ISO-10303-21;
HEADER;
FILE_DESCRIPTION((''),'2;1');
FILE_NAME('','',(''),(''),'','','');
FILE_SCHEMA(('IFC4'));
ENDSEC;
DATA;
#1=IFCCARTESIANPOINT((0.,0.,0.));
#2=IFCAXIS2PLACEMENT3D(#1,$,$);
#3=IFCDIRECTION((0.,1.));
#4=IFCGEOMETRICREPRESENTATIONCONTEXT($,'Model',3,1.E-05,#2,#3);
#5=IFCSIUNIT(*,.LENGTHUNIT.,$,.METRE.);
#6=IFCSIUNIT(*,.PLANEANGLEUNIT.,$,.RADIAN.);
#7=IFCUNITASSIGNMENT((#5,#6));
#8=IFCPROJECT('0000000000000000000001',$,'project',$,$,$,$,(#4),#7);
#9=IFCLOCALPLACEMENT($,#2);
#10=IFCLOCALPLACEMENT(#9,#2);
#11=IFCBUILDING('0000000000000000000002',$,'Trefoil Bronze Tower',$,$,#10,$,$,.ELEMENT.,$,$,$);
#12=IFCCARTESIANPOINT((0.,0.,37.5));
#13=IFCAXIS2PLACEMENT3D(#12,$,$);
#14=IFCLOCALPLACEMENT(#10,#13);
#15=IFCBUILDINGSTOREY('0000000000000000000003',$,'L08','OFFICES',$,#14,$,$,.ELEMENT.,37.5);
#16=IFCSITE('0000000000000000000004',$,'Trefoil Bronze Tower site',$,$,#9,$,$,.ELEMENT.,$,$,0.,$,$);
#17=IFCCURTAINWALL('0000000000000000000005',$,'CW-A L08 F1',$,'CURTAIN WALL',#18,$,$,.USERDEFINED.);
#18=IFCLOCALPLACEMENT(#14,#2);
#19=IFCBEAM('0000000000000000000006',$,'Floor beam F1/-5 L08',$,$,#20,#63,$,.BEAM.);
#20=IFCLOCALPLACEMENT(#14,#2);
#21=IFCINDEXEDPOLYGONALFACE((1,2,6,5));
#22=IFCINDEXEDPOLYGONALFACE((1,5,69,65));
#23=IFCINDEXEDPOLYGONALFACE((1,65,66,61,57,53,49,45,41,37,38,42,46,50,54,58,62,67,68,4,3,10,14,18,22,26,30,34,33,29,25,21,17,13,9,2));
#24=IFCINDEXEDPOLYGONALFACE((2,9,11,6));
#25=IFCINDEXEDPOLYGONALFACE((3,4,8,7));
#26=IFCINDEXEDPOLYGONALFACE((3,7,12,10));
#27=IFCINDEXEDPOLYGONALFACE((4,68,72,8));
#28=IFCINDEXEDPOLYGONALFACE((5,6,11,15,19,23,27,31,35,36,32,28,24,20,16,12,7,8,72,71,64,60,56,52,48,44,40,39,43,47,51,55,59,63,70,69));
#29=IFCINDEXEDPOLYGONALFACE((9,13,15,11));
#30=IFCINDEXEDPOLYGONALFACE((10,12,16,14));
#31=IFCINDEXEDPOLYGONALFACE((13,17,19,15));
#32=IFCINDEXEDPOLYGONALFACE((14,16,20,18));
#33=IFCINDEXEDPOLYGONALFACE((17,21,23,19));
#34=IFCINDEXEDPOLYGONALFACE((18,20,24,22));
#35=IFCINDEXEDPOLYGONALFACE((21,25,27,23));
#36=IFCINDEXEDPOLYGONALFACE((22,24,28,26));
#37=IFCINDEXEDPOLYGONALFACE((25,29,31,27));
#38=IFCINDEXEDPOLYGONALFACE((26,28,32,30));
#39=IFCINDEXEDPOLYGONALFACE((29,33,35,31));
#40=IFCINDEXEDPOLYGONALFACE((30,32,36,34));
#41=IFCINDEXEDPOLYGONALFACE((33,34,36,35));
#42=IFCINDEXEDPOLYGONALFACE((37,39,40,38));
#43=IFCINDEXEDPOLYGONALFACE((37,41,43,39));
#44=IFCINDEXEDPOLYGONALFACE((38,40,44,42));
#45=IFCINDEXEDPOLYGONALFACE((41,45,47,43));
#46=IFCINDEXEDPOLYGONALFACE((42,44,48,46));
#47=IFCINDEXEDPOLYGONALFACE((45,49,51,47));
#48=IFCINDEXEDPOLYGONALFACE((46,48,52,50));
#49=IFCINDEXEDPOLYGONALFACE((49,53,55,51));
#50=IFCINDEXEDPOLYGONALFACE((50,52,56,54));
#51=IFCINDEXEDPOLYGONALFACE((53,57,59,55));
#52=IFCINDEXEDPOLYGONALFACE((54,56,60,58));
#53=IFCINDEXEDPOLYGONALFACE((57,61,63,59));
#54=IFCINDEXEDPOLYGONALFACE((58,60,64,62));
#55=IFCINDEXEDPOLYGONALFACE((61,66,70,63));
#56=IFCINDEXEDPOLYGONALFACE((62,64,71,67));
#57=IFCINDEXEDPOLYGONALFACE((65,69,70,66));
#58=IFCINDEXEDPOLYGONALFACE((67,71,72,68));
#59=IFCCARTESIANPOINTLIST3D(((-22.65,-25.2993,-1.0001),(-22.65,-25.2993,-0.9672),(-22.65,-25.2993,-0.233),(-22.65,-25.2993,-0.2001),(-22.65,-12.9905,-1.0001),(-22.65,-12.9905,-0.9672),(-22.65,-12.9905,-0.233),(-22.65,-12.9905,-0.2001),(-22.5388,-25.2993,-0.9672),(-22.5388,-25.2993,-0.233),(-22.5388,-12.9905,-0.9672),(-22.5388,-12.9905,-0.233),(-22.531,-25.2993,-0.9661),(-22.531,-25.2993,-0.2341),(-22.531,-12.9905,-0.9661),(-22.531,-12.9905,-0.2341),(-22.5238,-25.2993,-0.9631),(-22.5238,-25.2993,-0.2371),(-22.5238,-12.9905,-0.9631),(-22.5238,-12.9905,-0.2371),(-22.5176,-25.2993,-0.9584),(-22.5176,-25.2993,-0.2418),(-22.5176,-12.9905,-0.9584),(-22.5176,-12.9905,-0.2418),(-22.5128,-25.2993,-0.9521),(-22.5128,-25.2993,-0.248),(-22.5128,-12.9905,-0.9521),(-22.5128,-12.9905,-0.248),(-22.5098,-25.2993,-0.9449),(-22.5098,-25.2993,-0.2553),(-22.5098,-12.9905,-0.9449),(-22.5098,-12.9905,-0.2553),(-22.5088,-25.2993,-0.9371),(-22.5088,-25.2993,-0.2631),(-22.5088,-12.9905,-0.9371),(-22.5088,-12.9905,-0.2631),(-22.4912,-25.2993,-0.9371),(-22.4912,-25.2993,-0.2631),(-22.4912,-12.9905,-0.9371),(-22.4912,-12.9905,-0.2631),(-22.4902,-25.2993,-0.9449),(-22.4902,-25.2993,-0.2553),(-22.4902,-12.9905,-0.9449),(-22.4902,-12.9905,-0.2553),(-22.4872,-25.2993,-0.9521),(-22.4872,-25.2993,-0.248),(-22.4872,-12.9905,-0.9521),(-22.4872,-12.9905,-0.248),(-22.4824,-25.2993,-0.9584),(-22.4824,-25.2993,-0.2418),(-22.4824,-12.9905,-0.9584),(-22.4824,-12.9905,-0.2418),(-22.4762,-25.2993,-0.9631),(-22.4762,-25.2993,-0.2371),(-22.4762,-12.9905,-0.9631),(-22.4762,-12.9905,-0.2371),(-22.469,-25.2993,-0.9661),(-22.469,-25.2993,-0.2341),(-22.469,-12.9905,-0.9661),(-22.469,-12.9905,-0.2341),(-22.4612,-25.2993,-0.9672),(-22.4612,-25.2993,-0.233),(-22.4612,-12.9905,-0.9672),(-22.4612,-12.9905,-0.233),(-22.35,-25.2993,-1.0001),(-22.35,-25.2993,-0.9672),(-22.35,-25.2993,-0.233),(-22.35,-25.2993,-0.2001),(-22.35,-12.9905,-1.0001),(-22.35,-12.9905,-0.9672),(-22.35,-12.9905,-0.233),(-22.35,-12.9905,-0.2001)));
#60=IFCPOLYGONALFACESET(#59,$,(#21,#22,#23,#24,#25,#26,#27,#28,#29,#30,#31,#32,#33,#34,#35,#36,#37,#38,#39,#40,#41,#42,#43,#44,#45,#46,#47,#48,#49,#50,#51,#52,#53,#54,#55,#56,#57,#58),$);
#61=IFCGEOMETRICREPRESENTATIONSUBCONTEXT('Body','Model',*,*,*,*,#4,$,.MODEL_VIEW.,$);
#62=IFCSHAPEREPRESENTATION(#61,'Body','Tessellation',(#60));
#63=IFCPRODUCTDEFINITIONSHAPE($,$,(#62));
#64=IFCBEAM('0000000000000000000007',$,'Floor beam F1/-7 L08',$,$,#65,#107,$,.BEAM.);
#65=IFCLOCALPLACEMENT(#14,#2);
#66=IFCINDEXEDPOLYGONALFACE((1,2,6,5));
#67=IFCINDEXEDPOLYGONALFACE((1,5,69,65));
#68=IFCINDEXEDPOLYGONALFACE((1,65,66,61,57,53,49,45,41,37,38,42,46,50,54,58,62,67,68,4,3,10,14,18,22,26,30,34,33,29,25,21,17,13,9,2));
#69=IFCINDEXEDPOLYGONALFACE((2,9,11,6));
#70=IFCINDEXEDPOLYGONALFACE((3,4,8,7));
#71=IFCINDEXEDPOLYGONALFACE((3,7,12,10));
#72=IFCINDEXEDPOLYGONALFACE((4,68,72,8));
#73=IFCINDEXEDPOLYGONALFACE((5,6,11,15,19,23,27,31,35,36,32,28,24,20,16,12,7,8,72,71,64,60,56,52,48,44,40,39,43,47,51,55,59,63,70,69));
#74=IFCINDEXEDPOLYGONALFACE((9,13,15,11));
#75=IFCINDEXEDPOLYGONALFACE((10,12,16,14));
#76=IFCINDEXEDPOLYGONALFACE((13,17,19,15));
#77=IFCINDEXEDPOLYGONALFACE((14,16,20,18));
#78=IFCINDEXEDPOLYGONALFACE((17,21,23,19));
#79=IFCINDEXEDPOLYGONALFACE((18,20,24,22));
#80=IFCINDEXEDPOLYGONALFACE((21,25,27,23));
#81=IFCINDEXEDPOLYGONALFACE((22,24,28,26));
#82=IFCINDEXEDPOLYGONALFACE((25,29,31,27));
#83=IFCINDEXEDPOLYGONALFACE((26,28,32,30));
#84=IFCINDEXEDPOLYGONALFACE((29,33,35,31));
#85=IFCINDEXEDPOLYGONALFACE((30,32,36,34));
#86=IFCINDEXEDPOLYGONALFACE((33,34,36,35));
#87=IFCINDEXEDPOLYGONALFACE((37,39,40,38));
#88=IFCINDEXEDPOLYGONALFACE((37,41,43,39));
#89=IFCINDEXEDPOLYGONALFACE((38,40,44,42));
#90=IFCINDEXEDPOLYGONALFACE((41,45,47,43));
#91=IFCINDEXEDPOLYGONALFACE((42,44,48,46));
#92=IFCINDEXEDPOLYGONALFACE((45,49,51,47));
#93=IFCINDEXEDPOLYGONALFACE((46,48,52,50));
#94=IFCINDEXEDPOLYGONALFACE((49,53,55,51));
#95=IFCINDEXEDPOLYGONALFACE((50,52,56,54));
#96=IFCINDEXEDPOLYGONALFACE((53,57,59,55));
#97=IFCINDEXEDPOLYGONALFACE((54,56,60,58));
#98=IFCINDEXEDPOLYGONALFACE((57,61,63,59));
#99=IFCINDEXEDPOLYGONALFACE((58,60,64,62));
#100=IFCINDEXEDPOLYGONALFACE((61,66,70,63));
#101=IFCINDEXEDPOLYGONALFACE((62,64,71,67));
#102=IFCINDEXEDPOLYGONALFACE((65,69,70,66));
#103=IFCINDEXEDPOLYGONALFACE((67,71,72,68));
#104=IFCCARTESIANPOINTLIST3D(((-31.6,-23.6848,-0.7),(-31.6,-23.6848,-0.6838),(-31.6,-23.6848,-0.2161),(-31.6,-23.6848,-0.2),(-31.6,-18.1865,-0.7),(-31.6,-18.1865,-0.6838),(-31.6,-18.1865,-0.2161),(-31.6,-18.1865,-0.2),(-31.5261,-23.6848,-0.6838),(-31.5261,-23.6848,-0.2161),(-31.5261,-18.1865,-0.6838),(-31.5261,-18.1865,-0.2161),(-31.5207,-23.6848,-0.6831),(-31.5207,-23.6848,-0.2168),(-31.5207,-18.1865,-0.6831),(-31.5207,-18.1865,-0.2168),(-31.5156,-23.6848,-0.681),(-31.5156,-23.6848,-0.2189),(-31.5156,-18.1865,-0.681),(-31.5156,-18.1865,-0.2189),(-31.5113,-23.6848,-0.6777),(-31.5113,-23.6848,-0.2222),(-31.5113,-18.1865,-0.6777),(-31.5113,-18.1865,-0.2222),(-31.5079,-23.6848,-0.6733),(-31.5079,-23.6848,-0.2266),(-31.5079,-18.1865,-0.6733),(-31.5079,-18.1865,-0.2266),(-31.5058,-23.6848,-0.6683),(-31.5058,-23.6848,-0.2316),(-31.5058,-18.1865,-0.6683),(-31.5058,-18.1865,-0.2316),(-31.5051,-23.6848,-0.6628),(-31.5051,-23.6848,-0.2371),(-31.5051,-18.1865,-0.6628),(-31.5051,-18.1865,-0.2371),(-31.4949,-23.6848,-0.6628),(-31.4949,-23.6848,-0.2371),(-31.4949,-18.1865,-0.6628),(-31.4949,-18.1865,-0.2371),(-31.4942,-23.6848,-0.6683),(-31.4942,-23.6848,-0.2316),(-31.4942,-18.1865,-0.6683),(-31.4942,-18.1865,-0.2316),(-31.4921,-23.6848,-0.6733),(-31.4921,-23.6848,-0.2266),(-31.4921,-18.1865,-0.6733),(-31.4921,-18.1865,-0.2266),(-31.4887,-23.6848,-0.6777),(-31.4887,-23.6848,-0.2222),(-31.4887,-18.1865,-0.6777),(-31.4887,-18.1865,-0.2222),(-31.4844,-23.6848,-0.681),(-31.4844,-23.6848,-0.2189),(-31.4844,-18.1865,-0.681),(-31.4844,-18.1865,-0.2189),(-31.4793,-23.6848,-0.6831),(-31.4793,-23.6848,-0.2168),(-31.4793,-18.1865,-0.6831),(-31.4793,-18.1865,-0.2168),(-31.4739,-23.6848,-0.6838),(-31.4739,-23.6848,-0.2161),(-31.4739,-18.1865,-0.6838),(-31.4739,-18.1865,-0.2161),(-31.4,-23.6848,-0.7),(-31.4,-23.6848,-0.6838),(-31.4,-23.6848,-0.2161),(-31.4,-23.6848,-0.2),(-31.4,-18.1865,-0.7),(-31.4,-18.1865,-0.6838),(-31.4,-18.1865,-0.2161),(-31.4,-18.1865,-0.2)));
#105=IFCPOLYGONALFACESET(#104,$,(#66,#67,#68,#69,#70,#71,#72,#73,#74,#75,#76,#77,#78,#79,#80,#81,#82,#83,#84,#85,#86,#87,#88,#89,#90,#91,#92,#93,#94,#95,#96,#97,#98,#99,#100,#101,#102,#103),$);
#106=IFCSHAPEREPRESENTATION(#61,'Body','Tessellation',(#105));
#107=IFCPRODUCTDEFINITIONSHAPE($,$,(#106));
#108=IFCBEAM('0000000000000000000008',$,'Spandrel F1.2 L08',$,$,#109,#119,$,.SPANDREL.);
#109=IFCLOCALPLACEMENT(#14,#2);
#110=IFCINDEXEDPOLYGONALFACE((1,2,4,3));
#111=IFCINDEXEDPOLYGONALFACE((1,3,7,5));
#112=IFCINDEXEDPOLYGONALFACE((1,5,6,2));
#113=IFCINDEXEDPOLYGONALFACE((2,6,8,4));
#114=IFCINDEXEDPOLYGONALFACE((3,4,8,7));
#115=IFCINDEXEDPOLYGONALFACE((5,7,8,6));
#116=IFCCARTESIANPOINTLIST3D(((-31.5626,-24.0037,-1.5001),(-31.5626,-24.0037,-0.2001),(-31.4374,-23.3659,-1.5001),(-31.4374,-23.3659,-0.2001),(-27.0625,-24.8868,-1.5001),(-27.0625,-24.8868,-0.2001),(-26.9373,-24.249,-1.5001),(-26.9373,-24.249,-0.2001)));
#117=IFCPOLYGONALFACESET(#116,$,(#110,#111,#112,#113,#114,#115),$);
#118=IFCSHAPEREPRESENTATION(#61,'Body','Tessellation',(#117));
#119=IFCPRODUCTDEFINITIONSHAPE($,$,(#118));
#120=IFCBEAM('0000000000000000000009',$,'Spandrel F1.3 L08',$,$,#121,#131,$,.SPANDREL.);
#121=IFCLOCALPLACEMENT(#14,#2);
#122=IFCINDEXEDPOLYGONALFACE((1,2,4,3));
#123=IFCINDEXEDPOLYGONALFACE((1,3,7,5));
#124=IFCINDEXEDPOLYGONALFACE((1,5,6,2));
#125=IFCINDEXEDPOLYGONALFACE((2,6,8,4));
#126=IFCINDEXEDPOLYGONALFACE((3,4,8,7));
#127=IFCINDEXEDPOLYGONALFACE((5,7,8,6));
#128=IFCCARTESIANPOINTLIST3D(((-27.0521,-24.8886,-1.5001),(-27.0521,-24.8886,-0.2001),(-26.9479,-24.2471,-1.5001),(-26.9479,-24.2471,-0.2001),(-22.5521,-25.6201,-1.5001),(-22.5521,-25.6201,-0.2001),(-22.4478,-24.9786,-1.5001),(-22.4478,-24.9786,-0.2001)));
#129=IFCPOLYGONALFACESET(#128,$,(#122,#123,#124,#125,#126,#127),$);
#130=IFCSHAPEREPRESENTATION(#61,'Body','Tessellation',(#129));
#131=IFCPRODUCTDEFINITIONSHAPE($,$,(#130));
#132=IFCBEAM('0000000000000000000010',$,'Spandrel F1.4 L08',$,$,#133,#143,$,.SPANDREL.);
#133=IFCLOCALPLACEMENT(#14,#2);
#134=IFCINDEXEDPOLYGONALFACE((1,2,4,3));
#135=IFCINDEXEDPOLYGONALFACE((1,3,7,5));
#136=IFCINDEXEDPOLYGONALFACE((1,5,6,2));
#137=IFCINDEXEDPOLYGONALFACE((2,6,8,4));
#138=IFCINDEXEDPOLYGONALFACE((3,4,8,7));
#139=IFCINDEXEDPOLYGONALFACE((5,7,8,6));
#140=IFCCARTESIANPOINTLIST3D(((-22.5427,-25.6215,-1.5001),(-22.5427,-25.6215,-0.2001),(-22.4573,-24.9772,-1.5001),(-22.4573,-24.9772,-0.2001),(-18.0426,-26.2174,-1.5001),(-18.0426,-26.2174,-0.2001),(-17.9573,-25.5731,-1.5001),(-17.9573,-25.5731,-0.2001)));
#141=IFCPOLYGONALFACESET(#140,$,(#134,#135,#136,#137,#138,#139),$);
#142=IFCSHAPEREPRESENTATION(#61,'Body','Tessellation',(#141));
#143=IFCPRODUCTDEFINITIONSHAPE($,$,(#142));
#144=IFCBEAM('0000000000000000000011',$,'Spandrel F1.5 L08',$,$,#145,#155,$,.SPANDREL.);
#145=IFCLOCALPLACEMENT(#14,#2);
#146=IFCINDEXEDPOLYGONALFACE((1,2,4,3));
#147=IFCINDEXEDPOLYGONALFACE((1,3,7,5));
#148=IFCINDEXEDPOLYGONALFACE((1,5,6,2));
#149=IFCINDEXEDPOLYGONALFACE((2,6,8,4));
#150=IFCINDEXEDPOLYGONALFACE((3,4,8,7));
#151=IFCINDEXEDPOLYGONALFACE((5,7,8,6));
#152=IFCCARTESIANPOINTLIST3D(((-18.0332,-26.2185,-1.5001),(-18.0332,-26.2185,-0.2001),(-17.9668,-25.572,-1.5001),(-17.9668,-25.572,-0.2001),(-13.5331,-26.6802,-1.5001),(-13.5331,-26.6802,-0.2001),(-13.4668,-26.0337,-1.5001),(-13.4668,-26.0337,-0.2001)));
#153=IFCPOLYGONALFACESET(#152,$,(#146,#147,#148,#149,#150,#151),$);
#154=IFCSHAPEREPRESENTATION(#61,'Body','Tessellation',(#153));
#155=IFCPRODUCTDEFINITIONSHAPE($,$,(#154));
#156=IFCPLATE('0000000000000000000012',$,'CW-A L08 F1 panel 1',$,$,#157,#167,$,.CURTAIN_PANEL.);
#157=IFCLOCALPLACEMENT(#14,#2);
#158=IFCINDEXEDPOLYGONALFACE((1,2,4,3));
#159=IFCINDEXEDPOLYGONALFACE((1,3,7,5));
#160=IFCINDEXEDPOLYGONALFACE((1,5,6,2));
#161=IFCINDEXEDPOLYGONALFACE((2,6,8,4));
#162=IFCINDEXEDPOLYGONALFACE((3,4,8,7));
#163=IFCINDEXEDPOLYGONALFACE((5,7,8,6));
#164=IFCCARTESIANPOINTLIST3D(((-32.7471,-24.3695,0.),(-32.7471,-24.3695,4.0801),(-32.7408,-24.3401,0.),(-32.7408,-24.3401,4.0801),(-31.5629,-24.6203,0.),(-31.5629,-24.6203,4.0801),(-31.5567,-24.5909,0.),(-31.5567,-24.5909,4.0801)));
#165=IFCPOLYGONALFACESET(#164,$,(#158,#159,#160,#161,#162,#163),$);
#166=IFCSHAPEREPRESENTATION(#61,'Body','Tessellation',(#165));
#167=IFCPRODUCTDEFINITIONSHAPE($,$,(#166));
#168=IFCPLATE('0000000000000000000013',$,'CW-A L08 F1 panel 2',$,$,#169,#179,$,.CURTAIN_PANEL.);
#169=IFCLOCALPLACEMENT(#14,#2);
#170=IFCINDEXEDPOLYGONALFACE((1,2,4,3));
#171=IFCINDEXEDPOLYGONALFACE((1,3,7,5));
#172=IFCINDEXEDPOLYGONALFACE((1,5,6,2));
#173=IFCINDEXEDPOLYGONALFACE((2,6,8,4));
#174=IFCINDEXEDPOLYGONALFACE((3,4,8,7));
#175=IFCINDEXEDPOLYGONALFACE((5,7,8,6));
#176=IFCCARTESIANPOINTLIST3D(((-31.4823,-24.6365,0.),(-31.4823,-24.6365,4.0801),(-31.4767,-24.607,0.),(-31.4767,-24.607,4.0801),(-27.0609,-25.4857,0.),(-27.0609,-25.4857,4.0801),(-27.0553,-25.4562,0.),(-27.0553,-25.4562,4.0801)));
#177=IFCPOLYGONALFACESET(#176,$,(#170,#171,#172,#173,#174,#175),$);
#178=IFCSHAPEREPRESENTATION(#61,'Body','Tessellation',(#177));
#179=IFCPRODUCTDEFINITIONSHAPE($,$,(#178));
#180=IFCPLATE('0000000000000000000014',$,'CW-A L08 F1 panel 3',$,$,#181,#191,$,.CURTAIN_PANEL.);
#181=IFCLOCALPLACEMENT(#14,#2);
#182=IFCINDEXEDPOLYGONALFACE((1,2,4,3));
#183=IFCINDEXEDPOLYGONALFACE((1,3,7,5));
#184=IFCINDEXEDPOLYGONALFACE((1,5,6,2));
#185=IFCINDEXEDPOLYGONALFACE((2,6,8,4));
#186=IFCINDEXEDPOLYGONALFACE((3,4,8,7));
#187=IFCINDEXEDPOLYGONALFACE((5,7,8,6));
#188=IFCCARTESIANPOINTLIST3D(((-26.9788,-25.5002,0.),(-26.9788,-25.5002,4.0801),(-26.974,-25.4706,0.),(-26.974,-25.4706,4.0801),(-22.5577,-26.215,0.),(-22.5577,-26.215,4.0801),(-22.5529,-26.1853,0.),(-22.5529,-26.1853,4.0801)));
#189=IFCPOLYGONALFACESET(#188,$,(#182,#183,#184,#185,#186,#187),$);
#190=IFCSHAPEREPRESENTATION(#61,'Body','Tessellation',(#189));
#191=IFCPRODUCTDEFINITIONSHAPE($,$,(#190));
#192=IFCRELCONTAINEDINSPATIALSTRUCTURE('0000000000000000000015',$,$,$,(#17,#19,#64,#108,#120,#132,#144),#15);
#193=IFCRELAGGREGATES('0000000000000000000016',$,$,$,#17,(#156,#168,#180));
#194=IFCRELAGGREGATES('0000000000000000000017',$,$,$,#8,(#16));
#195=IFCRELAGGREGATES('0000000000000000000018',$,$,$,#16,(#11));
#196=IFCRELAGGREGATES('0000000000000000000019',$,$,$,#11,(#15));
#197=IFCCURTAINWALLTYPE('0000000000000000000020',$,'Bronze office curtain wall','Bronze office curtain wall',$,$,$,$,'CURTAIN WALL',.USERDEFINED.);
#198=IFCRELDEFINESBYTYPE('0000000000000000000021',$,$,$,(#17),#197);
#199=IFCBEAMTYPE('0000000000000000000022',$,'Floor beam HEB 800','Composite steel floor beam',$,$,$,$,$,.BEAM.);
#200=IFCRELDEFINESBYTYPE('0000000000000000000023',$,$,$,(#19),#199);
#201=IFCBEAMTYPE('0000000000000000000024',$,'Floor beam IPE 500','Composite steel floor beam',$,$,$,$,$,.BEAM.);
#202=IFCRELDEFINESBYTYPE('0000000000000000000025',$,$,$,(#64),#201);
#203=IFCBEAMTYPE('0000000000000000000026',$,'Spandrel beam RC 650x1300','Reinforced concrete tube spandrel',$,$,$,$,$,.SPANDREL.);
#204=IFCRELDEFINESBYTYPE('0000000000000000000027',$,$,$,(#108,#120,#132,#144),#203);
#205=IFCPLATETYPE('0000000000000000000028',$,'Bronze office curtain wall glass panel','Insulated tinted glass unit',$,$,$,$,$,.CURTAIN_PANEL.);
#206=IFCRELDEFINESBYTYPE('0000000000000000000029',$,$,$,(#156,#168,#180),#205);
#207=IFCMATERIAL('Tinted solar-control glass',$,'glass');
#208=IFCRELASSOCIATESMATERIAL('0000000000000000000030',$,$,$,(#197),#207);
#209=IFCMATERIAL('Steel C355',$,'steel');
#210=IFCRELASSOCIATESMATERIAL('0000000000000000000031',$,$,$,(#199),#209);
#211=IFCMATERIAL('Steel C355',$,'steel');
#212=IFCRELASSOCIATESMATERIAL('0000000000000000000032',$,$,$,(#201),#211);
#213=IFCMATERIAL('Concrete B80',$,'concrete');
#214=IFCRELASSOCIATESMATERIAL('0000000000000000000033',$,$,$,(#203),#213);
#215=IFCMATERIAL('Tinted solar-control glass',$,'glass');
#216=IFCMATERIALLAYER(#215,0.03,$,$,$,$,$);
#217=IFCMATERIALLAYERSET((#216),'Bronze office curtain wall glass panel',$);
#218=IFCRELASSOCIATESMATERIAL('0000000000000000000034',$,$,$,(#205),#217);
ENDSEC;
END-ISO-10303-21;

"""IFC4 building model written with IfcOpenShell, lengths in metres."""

from ifc_helpers import new_model, si_unit, direction, frame, origin, origin_2d, place, context, subcontext, project, spatial, rectangle, i_section, extrude, material, layer, layer_set, material_profile, profile_set, type_object, element, aggregate, save


model = new_model("IFC4")

# Units and contexts
model_context = context("Model", 3, precision=1e-05, world=origin(), true_north=direction((0.0, 1.0)))
body_context = subcontext(model_context, "Body", "Model", "MODEL_VIEW")
ifc_project = project(units=[si_unit("LENGTHUNIT", "METRE"), si_unit("PLANEANGLEUNIT", "RADIAN")], contexts=[model_context])

# Site, building, storey
site_placement = place(None, origin())
site = spatial("IfcSite", under=ifc_project, at=site_placement, Name="Trefoil Bronze Tower site", CompositionType="ELEMENT", RefElevation=0.0)
building_placement = place(site_placement, origin())
building = spatial("IfcBuilding", under=site, at=building_placement, Name="Trefoil Bronze Tower", CompositionType="ELEMENT")
storey_placement = place(building_placement, frame((0.0, 0.0, 37.5)))
storey = spatial("IfcBuildingStorey", under=building, at=storey_placement, Name="L08", Description="OFFICES", CompositionType="ELEMENT", Elevation=37.5)

# Curtain wall
ifc_material_1 = material(Name="Tinted solar-control glass", Category="glass")
curtain_wall_type_1 = type_object("IfcCurtainWallType", Name="Bronze office curtain wall", Description="Bronze office curtain wall", ElementType="CURTAIN WALL", PredefinedType="USERDEFINED", material=ifc_material_1)
curtain_wall_1_placement = place(storey_placement, origin())
curtain_wall_1 = element("IfcCurtainWall", 1, at=curtain_wall_1_placement, inside=storey, type_object=curtain_wall_type_1, Name="CW-A L08 F1", ObjectType="CURTAIN WALL", PredefinedType="USERDEFINED")

# Beams
ifc_material_2 = material(Name="Steel C355", Category="steel")
ifc_material_profile_1 = material_profile(ifc_material_2, i_section(OverallWidth=0.3, OverallDepth=0.8, WebThickness=0.0176, FlangeThickness=0.033, FilletRadius=0.03, at=origin_2d()), Name="HEB 800")
ifc_profile_set_1 = profile_set([ifc_material_profile_1], Name="Steel C355")
beam_type_1 = type_object("IfcBeamType", Name="Floor beam HEB 800", Description="Composite steel floor beam", PredefinedType="BEAM", material=ifc_profile_set_1)
beam_1_placement = place(storey_placement, frame((-22.5, -25.2993, -0.6001), z_axis=(0.0, 1.0, 0.0), x_axis=(-1.0, 0.0, 0.0)))
element("IfcBeam", 2, at=beam_1_placement, inside=storey, type_object=beam_type_1, Name="Floor beam F1/-5 L08", PredefinedType="BEAM", context=body_context, shape_type="SweptSolid", body=[
    extrude(i_section(OverallWidth=0.3, OverallDepth=0.8, WebThickness=0.0176, FlangeThickness=0.033, FilletRadius=0.03, at=origin_2d()), origin(), (0.0, 0.0, 1.0), 12.3088),
])
ifc_material_3 = material(Name="Steel C355", Category="steel")
ifc_material_profile_2 = material_profile(ifc_material_3, i_section(OverallWidth=0.2, OverallDepth=0.5, WebThickness=0.0103, FlangeThickness=0.0161, FilletRadius=0.021, at=origin_2d()), Name="IPE 500")
ifc_profile_set_2 = profile_set([ifc_material_profile_2], Name="Steel C355")
beam_type_2 = type_object("IfcBeamType", Name="Floor beam IPE 500", Description="Composite steel floor beam", PredefinedType="BEAM", material=ifc_profile_set_2)
beam_2_placement = place(storey_placement, frame((-31.5, -23.6848, -0.45), z_axis=(0.0, 1.0, 0.0), x_axis=(-1.0, 0.0, 0.0)))
element("IfcBeam", 3, at=beam_2_placement, inside=storey, type_object=beam_type_2, Name="Floor beam F1/-7 L08", PredefinedType="BEAM", context=body_context, shape_type="SweptSolid", body=[
    extrude(i_section(OverallWidth=0.2, OverallDepth=0.5, WebThickness=0.0103, FlangeThickness=0.0161, FilletRadius=0.021, at=origin_2d()), origin(), (0.0, 0.0, 1.0), 5.4983),
])
ifc_material_4 = material(Name="Concrete B80", Category="concrete")
ifc_material_profile_3 = material_profile(ifc_material_4, rectangle(XDim=0.6499, YDim=1.3, at=origin_2d()), Name="RC 650x1300")
ifc_profile_set_3 = profile_set([ifc_material_profile_3], Name="Concrete B80")
beam_type_3 = type_object("IfcBeamType", Name="Spandrel beam RC 650x1300", Description="Reinforced concrete tube spandrel", PredefinedType="SPANDREL", material=ifc_profile_set_3)
beam_3_placement = place(storey_placement, frame((-31.5, -23.6848, -0.8501), z_axis=(0.981285, -0.192562, 0.0), x_axis=(0.192562, 0.981285, 0.0)))
element("IfcBeam", 4, at=beam_3_placement, inside=storey, type_object=beam_type_3, Name="Spandrel F1.2 L08", PredefinedType="SPANDREL", context=body_context, shape_type="SweptSolid", body=[
    extrude(rectangle(XDim=0.6499, YDim=1.3, at=origin_2d()), origin(), (0.0, 0.0, 1.0), 4.5859),
])
beam_4_placement = place(storey_placement, frame((-27.0, -24.5679, -0.8501), z_axis=(0.987046, -0.160438, 0.0), x_axis=(0.160438, 0.987046, 0.0)))
element("IfcBeam", 5, at=beam_4_placement, inside=storey, type_object=beam_type_3, Name="Spandrel F1.3 L08", PredefinedType="SPANDREL", context=body_context, shape_type="SweptSolid", body=[
    extrude(rectangle(XDim=0.6499, YDim=1.3, at=origin_2d()), origin(), (0.0, 0.0, 1.0), 4.5591),
])
beam_5_placement = place(storey_placement, frame((-22.5, -25.2993, -0.8501), z_axis=(0.991344, -0.131286, 0.0), x_axis=(0.131286, 0.991344, 0.0)))
element("IfcBeam", 6, at=beam_5_placement, inside=storey, type_object=beam_type_3, Name="Spandrel F1.4 L08", PredefinedType="SPANDREL", context=body_context, shape_type="SweptSolid", body=[
    extrude(rectangle(XDim=0.6499, YDim=1.3, at=origin_2d()), origin(), (0.0, 0.0, 1.0), 4.5393),
])
beam_6_placement = place(storey_placement, frame((-18.0, -25.8953, -0.8501), z_axis=(0.994778, -0.102058, 0.0), x_axis=(0.102058, 0.994778, 0.0)))
element("IfcBeam", 7, at=beam_6_placement, inside=storey, type_object=beam_type_3, Name="Spandrel F1.5 L08", PredefinedType="SPANDREL", context=body_context, shape_type="SweptSolid", body=[
    extrude(rectangle(XDim=0.6499, YDim=1.3, at=origin_2d()), origin(), (0.0, 0.0, 1.0), 4.5237),
])

# Plates
ifc_material_5 = material(Name="Tinted solar-control glass", Category="glass")
ifc_layer_1 = layer(ifc_material_5, 0.03)
ifc_layer_set_1 = layer_set([ifc_layer_1], Name="Bronze office curtain wall glass panel")
plate_type_1 = type_object("IfcPlateType", Name="Bronze office curtain wall glass panel", Description="Insulated tinted glass unit", PredefinedType="CURTAIN_PANEL", material=ifc_layer_set_1)
plate_1_placement = place(storey_placement, frame((-32.1519, -24.4802, 0.0), z_axis=(0.0, 0.0, 1.0), x_axis=(0.978303, -0.207181, 0.0)))
plate_1 = element("IfcPlate", 8, at=plate_1_placement, type_object=plate_type_1, Name="CW-A L08 F1 panel 1", PredefinedType="CURTAIN_PANEL", context=body_context, shape_type="SweptSolid", body=[
    extrude(rectangle(XDim=1.2104, YDim=0.03, at=origin_2d()), origin(), (0.0, 0.0, 1.0), 4.0801),
])
plate_2_placement = place(storey_placement, frame((-29.2688, -25.0464, 0.0), z_axis=(0.0, 0.0, 1.0), x_axis=(0.98205, -0.188622, 0.0)))
plate_2 = element("IfcPlate", 9, at=plate_2_placement, type_object=plate_type_1, Name="CW-A L08 F1 panel 2", PredefinedType="CURTAIN_PANEL", context=body_context, shape_type="SweptSolid", body=[
    extrude(rectangle(XDim=4.5022, YDim=0.03, at=origin_2d()), origin(), (0.0, 0.0, 1.0), 4.0801),
])
plate_3_placement = place(storey_placement, frame((-24.7659, -25.8428, 0.0), z_axis=(0.0, 0.0, 1.0), x_axis=(0.987181, -0.159603, 0.0)))
plate_3 = element("IfcPlate", 10, at=plate_3_placement, type_object=plate_type_1, Name="CW-A L08 F1 panel 3", PredefinedType="CURTAIN_PANEL", context=body_context, shape_type="SweptSolid", body=[
    extrude(rectangle(XDim=4.4785, YDim=0.03, at=origin_2d()), origin(), (0.0, 0.0, 1.0), 4.0801),
])
aggregate(curtain_wall_1, [plate_1, plate_2, plate_3])

save(model, "model.ifc")
